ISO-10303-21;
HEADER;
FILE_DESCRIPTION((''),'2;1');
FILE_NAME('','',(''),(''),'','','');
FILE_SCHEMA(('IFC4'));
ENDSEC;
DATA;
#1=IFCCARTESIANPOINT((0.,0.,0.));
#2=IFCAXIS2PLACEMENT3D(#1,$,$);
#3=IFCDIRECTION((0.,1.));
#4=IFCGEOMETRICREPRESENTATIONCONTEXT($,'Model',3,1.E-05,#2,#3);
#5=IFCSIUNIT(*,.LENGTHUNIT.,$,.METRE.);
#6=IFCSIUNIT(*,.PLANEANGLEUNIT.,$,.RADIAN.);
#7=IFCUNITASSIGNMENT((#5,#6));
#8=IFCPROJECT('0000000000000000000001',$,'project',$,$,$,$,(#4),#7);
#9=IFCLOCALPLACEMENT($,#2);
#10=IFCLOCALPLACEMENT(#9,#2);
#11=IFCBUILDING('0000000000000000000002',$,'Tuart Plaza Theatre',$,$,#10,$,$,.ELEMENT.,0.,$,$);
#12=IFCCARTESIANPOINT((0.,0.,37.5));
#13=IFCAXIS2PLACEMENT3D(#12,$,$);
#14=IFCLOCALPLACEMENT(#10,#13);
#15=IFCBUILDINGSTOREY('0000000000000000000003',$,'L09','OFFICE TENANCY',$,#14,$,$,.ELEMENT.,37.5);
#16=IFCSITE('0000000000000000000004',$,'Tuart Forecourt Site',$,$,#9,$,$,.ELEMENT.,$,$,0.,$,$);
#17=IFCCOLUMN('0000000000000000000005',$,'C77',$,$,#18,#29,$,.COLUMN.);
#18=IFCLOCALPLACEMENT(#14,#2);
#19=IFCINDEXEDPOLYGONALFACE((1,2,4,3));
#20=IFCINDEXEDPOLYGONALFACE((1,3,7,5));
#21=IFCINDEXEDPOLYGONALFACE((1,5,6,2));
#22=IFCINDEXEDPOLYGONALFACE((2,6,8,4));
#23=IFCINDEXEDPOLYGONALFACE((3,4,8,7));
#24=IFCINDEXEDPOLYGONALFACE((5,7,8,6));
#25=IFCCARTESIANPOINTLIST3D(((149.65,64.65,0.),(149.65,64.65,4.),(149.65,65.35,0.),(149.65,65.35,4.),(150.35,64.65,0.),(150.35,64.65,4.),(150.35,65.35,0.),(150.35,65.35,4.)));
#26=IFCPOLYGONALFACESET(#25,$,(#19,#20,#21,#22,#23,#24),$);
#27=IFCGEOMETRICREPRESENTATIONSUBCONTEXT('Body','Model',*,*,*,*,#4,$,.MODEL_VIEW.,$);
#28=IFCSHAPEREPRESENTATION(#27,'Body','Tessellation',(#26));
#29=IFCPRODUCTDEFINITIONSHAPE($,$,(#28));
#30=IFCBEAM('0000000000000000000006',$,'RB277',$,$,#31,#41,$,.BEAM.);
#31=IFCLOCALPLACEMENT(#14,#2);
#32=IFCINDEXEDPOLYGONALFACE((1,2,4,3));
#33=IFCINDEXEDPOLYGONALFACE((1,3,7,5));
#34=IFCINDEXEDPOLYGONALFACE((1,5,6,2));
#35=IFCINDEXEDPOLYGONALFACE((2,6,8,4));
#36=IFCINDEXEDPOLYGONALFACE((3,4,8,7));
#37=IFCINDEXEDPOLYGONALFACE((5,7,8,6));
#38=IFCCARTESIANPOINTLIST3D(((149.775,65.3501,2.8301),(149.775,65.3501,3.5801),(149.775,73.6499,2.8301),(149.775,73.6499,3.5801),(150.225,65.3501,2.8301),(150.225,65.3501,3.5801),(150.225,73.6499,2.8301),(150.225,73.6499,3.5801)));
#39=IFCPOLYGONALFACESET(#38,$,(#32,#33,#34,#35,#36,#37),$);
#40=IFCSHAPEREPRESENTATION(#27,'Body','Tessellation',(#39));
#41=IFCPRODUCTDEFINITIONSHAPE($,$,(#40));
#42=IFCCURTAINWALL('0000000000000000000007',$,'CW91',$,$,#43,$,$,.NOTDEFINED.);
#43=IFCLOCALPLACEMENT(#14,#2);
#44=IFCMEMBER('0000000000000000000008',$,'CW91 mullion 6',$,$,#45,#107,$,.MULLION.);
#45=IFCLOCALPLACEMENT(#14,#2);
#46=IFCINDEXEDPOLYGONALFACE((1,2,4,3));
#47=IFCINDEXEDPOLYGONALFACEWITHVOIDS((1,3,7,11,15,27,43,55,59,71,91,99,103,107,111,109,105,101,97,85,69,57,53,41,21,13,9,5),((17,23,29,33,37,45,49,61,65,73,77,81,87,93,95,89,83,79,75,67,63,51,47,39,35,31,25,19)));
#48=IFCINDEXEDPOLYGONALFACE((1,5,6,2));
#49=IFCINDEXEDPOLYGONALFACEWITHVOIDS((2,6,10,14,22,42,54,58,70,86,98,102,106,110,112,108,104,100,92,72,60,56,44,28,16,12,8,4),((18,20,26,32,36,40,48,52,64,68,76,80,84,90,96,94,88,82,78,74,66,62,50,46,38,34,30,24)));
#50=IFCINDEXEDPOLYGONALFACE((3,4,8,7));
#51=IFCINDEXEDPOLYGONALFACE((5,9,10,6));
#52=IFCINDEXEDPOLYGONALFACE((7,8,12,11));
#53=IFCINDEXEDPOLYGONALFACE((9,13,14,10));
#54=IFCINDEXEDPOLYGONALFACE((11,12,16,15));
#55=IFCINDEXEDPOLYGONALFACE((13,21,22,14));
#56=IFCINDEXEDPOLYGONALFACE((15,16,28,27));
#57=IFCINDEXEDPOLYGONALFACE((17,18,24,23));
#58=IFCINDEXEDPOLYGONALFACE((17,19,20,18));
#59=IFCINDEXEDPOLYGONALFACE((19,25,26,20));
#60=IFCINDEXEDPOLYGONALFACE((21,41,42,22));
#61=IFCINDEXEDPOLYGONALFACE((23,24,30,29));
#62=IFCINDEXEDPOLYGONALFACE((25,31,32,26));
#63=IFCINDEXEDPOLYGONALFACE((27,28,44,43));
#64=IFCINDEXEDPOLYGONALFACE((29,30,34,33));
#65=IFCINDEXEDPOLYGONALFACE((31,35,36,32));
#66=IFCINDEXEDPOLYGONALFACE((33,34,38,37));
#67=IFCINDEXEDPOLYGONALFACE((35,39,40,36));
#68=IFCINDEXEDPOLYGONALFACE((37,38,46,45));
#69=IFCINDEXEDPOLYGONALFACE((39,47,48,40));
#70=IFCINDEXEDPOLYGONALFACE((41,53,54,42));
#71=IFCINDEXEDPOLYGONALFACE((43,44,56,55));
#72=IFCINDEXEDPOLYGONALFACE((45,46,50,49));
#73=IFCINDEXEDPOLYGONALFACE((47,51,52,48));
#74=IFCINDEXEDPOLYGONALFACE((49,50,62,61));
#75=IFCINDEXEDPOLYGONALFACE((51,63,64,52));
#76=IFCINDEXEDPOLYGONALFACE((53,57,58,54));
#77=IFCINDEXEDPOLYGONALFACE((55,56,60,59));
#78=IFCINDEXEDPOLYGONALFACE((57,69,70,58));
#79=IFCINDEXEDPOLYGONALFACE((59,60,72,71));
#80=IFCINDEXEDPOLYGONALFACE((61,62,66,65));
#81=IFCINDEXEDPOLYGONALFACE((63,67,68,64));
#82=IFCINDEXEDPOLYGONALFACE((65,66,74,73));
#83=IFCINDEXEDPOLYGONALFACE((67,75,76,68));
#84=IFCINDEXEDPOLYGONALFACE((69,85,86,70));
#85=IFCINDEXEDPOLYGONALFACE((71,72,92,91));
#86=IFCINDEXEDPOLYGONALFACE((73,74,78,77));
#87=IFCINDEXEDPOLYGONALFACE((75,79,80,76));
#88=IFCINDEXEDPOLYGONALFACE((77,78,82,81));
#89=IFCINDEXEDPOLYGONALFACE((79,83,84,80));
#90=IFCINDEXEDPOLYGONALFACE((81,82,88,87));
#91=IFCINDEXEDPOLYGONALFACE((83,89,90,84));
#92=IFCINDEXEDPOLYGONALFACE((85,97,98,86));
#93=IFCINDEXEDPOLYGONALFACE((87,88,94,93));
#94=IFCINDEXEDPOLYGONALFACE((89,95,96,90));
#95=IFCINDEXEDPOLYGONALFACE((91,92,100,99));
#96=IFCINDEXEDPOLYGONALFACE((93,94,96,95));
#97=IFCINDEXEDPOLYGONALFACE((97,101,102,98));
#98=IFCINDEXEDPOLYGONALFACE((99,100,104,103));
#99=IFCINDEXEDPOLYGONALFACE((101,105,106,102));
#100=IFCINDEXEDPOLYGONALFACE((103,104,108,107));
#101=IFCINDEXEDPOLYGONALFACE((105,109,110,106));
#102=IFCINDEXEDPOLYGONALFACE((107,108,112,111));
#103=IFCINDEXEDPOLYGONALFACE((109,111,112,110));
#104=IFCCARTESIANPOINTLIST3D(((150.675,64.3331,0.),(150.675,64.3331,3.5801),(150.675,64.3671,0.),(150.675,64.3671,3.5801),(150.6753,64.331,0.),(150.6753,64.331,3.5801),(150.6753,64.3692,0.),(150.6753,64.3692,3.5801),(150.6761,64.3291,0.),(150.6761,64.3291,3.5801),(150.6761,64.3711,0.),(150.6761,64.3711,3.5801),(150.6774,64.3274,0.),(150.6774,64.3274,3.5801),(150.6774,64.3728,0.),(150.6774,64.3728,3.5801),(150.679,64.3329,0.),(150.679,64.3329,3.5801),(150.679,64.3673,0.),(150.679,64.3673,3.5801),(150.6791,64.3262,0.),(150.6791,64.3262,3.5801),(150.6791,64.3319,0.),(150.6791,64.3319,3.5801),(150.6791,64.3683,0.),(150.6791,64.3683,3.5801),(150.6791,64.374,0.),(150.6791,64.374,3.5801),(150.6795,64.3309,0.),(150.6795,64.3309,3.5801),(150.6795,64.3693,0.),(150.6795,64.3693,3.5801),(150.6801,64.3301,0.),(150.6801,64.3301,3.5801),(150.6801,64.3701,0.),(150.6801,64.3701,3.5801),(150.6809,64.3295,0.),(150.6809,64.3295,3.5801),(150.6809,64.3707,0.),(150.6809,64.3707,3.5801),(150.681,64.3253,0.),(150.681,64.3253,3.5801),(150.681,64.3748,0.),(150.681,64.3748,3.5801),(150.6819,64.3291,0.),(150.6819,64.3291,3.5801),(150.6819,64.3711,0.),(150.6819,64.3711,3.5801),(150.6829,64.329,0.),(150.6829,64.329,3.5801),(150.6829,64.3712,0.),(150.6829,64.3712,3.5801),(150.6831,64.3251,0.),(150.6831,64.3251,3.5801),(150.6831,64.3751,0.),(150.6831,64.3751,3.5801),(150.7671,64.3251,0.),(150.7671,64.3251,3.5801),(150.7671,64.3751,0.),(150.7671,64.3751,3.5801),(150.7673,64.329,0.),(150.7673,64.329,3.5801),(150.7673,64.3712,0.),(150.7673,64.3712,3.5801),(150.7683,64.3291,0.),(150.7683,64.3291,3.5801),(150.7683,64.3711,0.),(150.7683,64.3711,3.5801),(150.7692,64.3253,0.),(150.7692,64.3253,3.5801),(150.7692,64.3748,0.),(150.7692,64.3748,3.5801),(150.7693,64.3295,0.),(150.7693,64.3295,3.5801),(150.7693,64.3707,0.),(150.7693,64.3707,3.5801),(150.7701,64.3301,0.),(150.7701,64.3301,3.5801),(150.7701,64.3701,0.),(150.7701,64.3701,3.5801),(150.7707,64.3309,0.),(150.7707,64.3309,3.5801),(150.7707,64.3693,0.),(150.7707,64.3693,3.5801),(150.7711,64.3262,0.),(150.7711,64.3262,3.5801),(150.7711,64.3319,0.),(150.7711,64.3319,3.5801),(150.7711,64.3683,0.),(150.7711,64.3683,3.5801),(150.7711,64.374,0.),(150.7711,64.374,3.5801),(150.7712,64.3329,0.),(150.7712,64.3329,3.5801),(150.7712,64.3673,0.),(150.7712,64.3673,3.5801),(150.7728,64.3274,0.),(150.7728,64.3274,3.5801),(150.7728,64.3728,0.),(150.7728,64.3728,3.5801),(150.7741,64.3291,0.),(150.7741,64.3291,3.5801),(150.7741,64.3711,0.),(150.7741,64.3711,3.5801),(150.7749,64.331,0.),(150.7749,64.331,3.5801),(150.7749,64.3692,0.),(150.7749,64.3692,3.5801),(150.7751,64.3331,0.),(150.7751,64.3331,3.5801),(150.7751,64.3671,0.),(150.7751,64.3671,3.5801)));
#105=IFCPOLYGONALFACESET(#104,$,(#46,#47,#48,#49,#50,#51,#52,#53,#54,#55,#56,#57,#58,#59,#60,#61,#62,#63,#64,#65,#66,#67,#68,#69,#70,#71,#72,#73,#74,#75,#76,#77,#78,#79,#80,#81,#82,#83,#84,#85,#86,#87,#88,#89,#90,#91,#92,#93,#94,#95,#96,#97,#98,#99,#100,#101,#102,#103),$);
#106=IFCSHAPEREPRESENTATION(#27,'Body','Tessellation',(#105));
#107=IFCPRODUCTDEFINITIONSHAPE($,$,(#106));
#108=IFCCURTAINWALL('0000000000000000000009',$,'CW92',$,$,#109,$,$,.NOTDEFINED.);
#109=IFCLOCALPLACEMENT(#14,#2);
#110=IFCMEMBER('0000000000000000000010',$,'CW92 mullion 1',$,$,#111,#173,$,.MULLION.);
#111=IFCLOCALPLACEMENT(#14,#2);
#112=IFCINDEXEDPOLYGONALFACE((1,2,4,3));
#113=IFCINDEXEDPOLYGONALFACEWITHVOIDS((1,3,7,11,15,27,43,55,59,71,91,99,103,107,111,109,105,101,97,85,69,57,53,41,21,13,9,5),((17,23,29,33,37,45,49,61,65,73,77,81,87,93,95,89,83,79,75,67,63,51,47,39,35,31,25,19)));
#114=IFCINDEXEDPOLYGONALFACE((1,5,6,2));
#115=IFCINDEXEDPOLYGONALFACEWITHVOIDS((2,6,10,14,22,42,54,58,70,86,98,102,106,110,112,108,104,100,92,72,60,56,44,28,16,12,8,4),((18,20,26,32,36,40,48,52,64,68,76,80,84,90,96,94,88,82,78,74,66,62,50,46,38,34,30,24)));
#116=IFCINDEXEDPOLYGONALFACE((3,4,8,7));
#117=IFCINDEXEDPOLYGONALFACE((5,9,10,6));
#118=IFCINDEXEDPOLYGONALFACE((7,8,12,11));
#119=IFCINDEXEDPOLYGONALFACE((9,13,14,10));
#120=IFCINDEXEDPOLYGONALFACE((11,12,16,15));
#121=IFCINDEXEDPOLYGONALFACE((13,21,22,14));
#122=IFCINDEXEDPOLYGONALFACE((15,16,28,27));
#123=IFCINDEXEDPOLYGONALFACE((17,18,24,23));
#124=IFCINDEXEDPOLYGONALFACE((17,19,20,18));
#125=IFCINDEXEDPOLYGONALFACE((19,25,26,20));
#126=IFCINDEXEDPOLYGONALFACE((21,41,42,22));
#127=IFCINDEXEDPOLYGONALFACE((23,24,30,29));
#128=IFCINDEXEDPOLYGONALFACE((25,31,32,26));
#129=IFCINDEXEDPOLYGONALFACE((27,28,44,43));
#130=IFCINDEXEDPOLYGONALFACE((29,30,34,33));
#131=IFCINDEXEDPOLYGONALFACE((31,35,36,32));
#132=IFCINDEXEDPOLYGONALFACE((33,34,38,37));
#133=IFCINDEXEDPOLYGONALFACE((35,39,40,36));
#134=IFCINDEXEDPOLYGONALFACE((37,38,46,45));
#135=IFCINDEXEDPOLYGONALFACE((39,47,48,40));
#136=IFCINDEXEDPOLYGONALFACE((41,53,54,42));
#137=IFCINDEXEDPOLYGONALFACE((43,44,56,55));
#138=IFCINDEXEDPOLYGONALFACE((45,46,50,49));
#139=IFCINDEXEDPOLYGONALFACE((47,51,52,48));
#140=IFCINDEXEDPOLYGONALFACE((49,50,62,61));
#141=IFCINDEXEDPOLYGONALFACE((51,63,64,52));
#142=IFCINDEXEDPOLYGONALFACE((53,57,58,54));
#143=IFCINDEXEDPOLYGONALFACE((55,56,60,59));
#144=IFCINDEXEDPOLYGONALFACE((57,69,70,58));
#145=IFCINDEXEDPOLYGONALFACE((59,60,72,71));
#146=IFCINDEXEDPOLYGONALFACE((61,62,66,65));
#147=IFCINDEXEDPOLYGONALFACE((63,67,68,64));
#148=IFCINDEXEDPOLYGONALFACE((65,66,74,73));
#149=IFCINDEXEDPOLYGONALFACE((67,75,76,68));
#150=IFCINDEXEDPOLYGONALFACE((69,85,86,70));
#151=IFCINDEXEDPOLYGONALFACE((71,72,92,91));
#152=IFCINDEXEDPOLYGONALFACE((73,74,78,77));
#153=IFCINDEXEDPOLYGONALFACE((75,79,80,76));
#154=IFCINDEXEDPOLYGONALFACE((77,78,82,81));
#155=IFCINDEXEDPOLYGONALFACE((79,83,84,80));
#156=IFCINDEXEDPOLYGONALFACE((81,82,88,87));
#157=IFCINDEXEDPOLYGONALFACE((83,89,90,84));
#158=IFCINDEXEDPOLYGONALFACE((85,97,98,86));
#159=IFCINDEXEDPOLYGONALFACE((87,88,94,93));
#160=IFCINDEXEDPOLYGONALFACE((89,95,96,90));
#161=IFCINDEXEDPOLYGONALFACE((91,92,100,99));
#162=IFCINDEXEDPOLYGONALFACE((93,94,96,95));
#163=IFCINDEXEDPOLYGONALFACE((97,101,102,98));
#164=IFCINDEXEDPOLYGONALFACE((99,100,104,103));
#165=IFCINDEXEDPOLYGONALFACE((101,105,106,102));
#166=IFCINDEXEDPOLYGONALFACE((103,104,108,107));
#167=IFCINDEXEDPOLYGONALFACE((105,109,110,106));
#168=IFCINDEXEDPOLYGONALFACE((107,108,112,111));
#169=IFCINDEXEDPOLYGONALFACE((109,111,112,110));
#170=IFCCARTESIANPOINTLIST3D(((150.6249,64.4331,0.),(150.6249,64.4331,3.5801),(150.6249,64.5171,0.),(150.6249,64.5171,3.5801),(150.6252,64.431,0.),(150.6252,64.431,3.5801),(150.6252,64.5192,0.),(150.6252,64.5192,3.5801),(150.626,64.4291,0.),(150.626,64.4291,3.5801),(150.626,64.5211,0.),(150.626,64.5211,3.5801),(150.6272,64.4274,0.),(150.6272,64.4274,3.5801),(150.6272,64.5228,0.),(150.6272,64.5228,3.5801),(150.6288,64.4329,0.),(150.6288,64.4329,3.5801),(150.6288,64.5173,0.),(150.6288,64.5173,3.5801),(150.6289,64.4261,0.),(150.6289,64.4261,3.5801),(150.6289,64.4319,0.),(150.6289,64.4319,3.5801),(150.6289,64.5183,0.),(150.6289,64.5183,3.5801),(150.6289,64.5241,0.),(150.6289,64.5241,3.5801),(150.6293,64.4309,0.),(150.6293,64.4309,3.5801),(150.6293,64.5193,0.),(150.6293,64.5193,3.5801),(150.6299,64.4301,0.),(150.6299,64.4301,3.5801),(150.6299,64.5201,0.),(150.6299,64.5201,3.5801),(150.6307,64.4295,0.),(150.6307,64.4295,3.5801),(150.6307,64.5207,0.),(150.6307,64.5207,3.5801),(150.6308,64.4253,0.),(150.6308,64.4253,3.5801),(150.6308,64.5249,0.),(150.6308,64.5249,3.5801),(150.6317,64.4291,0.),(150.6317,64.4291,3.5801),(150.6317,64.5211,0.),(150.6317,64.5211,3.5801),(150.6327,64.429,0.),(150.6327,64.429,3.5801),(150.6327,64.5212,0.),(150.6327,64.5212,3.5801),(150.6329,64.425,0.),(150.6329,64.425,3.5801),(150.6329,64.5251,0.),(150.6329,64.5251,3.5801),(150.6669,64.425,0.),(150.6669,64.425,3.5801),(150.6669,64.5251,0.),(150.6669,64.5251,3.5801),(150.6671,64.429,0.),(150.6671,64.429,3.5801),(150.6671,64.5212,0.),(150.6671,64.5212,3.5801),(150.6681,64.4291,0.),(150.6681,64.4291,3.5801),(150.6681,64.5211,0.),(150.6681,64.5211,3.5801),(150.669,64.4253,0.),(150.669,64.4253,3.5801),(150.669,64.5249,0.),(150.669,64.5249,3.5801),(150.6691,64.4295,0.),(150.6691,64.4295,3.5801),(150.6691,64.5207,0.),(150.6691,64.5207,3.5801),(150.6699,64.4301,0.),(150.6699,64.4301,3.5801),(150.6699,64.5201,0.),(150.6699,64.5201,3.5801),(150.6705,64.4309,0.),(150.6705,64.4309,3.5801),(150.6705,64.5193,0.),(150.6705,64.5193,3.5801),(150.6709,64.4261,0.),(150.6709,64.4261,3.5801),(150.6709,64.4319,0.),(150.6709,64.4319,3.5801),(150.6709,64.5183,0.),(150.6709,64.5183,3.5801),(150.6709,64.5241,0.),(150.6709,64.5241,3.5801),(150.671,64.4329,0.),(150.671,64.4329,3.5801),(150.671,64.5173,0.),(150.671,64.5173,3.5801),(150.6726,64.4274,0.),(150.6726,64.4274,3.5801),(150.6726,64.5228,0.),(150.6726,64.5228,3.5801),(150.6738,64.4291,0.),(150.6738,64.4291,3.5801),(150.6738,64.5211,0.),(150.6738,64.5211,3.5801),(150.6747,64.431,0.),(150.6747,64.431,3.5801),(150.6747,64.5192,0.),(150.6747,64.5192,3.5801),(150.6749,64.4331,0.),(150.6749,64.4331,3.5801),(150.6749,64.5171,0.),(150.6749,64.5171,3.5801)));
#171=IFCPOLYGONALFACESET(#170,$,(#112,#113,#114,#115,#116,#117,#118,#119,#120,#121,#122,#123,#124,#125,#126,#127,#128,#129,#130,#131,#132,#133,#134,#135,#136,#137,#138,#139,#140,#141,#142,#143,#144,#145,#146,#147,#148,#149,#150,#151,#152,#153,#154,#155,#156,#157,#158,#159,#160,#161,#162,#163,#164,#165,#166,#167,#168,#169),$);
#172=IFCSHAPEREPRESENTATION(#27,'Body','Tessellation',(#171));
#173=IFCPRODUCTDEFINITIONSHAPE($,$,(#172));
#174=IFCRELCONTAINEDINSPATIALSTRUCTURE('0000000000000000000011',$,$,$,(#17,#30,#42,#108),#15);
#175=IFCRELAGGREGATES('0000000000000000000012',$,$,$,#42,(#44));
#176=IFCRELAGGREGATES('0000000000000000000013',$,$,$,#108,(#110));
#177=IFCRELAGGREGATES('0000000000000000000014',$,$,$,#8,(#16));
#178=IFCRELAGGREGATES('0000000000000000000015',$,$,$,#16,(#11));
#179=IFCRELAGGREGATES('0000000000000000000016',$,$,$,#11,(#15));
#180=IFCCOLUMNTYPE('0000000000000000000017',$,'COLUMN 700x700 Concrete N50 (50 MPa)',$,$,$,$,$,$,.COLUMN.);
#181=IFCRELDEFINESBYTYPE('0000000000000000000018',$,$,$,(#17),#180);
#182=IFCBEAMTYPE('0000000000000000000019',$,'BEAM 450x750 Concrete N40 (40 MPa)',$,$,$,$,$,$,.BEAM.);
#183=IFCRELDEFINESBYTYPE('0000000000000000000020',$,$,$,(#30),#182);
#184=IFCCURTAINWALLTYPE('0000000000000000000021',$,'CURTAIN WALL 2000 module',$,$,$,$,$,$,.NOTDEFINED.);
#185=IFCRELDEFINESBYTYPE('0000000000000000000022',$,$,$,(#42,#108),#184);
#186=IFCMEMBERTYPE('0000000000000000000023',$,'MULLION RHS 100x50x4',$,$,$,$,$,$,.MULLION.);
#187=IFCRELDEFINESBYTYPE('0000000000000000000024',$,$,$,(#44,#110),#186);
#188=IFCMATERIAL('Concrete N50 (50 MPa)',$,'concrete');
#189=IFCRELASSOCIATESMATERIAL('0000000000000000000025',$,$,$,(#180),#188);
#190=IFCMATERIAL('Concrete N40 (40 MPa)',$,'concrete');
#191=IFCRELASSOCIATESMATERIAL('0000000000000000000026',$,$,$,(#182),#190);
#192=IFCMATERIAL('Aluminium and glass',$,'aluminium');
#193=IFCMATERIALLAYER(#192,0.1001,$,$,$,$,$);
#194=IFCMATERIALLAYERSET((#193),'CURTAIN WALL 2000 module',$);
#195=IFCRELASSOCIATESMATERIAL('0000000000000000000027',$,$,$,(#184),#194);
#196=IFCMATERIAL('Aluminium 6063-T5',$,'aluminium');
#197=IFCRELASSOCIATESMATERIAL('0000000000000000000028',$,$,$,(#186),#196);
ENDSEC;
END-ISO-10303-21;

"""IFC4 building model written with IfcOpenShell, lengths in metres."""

from ifc_helpers import new_model, si_unit, direction, frame, origin, origin_2d, place, context, subcontext, project, spatial, rectangle, hollow_rectangle, extrude, material, layer, layer_set, material_profile, profile_set, type_object, element, aggregate, save


model = new_model("IFC4")

# Units and contexts
model_context = context("Model", 3, precision=1e-05, world=origin(), true_north=direction((0.0, 1.0)))
body_context = subcontext(model_context, "Body", "Model", "MODEL_VIEW")
ifc_project = project(units=[si_unit("LENGTHUNIT", "METRE"), si_unit("PLANEANGLEUNIT", "RADIAN")], contexts=[model_context])

# Site, building, storey
site_placement = place(None, origin())
site = spatial("IfcSite", under=ifc_project, at=site_placement, Name="Tuart Forecourt Site", CompositionType="ELEMENT", RefElevation=0.0)
building_placement = place(site_placement, origin())
building = spatial("IfcBuilding", under=site, at=building_placement, Name="Tuart Plaza Theatre", CompositionType="ELEMENT", ElevationOfRefHeight=0.0)
storey_placement = place(building_placement, frame((0.0, 0.0, 37.5)))
storey = spatial("IfcBuildingStorey", under=building, at=storey_placement, Name="L09", Description="OFFICE TENANCY", CompositionType="ELEMENT", Elevation=37.5)

# Column
ifc_material_1 = material(Name="Concrete N50 (50 MPa)", Category="concrete")
ifc_material_profile_1 = material_profile(ifc_material_1, rectangle(XDim=0.7, YDim=0.7, at=origin_2d()), Name="COLUMN 700x700 Concrete N50 (50 MPa)")
ifc_profile_set_1 = profile_set([ifc_material_profile_1], Name="Concrete N50 (50 MPa)")
column_type = type_object("IfcColumnType", Name="COLUMN 700x700 Concrete N50 (50 MPa)", PredefinedType="COLUMN", material=ifc_profile_set_1)
column_placement = place(storey_placement, frame((150.0, 65.0, 0.0), z_axis=(0.0, 0.0, 1.0), x_axis=(1.0, 0.0, 0.0)))
element("IfcColumn", 1, at=column_placement, inside=storey, type_object=column_type, Name="C77", PredefinedType="COLUMN", context=body_context, shape_type="SweptSolid", body=[
    extrude(rectangle(XDim=0.7, YDim=0.7, at=origin_2d()), origin(), (0.0, 0.0, 1.0), 4.0),
])

# Beam
ifc_material_2 = material(Name="Concrete N40 (40 MPa)", Category="concrete")
ifc_material_profile_2 = material_profile(ifc_material_2, rectangle(XDim=0.45, YDim=0.75, at=origin_2d()), Name="BEAM 450x750 Concrete N40 (40 MPa)")
ifc_profile_set_2 = profile_set([ifc_material_profile_2], Name="Concrete N40 (40 MPa)")
beam_type = type_object("IfcBeamType", Name="BEAM 450x750 Concrete N40 (40 MPa)", PredefinedType="BEAM", material=ifc_profile_set_2)
beam_placement = place(storey_placement, frame((150.0, 65.3501, 3.2051), z_axis=(0.0, 1.0, 0.0), x_axis=(-1.0, 0.0, 0.0)))
element("IfcBeam", 2, at=beam_placement, inside=storey, type_object=beam_type, Name="RB277", PredefinedType="BEAM", context=body_context, shape_type="SweptSolid", body=[
    extrude(rectangle(XDim=0.45, YDim=0.75, at=origin_2d()), origin(), (0.0, 0.0, 1.0), 8.2998),
])

# Curtain wall, member
ifc_material_3 = material(Name="Aluminium and glass", Category="aluminium")
ifc_layer_1 = layer(ifc_material_3, 0.1001)
ifc_layer_set_1 = layer_set([ifc_layer_1], Name="CURTAIN WALL 2000 module")
curtain_wall_type = type_object("IfcCurtainWallType", Name="CURTAIN WALL 2000 module", PredefinedType="NOTDEFINED", material=ifc_layer_set_1)
curtain_wall_1_placement = place(storey_placement, origin())
curtain_wall_1 = element("IfcCurtainWall", 3, at=curtain_wall_1_placement, inside=storey, type_object=curtain_wall_type, Name="CW91", PredefinedType="NOTDEFINED")
ifc_material_4 = material(Name="Aluminium 6063-T5", Category="aluminium")
ifc_material_profile_3 = material_profile(ifc_material_4, hollow_rectangle(XDim=0.05, YDim=0.1001, WallThickness=0.0039, InnerFilletRadius=0.0039, OuterFilletRadius=0.0081, at=origin_2d()), Name="RHS 100x50x4")
ifc_profile_set_3 = profile_set([ifc_material_profile_3], Name="Aluminium 6063-T5")
member_type_1 = type_object("IfcMemberType", Name="MULLION RHS 100x50x4", PredefinedType="MULLION", material=ifc_profile_set_3)
member_1_placement = place(storey_placement, frame((150.7251, 64.3501, 0.0), z_axis=(0.0, 0.0, 1.0), x_axis=(0.0, 1.0, 0.0)))
member_1 = element("IfcMember", 4, at=member_1_placement, type_object=member_type_1, Name="CW91 mullion 6", PredefinedType="MULLION", context=body_context, shape_type="SweptSolid", body=[
    extrude(hollow_rectangle(XDim=0.05, YDim=0.1001, WallThickness=0.0039, InnerFilletRadius=0.0039, OuterFilletRadius=0.0081, at=origin_2d()), origin(), (0.0, 0.0, 1.0), 3.5801),
])

# Curtain wall, member
curtain_wall_2_placement = place(storey_placement, origin())
curtain_wall_2 = element("IfcCurtainWall", 5, at=curtain_wall_2_placement, inside=storey, type_object=curtain_wall_type, Name="CW92", PredefinedType="NOTDEFINED")
member_2_placement = place(storey_placement, frame((150.6499, 64.4751, 0.0), z_axis=(0.0, 0.0, 1.0), x_axis=(-1.0, 0.0, 0.0)))
member_2 = element("IfcMember", 6, at=member_2_placement, type_object=member_type_1, Name="CW92 mullion 1", PredefinedType="MULLION", context=body_context, shape_type="SweptSolid", body=[
    extrude(hollow_rectangle(XDim=0.05, YDim=0.1001, WallThickness=0.0039, InnerFilletRadius=0.0039, OuterFilletRadius=0.0081, at=origin_2d()), origin(), (0.0, 0.0, 1.0), 3.5801),
])

aggregate(curtain_wall_1, [member_1])
aggregate(curtain_wall_2, [member_2])

save(model, "model.ifc")
